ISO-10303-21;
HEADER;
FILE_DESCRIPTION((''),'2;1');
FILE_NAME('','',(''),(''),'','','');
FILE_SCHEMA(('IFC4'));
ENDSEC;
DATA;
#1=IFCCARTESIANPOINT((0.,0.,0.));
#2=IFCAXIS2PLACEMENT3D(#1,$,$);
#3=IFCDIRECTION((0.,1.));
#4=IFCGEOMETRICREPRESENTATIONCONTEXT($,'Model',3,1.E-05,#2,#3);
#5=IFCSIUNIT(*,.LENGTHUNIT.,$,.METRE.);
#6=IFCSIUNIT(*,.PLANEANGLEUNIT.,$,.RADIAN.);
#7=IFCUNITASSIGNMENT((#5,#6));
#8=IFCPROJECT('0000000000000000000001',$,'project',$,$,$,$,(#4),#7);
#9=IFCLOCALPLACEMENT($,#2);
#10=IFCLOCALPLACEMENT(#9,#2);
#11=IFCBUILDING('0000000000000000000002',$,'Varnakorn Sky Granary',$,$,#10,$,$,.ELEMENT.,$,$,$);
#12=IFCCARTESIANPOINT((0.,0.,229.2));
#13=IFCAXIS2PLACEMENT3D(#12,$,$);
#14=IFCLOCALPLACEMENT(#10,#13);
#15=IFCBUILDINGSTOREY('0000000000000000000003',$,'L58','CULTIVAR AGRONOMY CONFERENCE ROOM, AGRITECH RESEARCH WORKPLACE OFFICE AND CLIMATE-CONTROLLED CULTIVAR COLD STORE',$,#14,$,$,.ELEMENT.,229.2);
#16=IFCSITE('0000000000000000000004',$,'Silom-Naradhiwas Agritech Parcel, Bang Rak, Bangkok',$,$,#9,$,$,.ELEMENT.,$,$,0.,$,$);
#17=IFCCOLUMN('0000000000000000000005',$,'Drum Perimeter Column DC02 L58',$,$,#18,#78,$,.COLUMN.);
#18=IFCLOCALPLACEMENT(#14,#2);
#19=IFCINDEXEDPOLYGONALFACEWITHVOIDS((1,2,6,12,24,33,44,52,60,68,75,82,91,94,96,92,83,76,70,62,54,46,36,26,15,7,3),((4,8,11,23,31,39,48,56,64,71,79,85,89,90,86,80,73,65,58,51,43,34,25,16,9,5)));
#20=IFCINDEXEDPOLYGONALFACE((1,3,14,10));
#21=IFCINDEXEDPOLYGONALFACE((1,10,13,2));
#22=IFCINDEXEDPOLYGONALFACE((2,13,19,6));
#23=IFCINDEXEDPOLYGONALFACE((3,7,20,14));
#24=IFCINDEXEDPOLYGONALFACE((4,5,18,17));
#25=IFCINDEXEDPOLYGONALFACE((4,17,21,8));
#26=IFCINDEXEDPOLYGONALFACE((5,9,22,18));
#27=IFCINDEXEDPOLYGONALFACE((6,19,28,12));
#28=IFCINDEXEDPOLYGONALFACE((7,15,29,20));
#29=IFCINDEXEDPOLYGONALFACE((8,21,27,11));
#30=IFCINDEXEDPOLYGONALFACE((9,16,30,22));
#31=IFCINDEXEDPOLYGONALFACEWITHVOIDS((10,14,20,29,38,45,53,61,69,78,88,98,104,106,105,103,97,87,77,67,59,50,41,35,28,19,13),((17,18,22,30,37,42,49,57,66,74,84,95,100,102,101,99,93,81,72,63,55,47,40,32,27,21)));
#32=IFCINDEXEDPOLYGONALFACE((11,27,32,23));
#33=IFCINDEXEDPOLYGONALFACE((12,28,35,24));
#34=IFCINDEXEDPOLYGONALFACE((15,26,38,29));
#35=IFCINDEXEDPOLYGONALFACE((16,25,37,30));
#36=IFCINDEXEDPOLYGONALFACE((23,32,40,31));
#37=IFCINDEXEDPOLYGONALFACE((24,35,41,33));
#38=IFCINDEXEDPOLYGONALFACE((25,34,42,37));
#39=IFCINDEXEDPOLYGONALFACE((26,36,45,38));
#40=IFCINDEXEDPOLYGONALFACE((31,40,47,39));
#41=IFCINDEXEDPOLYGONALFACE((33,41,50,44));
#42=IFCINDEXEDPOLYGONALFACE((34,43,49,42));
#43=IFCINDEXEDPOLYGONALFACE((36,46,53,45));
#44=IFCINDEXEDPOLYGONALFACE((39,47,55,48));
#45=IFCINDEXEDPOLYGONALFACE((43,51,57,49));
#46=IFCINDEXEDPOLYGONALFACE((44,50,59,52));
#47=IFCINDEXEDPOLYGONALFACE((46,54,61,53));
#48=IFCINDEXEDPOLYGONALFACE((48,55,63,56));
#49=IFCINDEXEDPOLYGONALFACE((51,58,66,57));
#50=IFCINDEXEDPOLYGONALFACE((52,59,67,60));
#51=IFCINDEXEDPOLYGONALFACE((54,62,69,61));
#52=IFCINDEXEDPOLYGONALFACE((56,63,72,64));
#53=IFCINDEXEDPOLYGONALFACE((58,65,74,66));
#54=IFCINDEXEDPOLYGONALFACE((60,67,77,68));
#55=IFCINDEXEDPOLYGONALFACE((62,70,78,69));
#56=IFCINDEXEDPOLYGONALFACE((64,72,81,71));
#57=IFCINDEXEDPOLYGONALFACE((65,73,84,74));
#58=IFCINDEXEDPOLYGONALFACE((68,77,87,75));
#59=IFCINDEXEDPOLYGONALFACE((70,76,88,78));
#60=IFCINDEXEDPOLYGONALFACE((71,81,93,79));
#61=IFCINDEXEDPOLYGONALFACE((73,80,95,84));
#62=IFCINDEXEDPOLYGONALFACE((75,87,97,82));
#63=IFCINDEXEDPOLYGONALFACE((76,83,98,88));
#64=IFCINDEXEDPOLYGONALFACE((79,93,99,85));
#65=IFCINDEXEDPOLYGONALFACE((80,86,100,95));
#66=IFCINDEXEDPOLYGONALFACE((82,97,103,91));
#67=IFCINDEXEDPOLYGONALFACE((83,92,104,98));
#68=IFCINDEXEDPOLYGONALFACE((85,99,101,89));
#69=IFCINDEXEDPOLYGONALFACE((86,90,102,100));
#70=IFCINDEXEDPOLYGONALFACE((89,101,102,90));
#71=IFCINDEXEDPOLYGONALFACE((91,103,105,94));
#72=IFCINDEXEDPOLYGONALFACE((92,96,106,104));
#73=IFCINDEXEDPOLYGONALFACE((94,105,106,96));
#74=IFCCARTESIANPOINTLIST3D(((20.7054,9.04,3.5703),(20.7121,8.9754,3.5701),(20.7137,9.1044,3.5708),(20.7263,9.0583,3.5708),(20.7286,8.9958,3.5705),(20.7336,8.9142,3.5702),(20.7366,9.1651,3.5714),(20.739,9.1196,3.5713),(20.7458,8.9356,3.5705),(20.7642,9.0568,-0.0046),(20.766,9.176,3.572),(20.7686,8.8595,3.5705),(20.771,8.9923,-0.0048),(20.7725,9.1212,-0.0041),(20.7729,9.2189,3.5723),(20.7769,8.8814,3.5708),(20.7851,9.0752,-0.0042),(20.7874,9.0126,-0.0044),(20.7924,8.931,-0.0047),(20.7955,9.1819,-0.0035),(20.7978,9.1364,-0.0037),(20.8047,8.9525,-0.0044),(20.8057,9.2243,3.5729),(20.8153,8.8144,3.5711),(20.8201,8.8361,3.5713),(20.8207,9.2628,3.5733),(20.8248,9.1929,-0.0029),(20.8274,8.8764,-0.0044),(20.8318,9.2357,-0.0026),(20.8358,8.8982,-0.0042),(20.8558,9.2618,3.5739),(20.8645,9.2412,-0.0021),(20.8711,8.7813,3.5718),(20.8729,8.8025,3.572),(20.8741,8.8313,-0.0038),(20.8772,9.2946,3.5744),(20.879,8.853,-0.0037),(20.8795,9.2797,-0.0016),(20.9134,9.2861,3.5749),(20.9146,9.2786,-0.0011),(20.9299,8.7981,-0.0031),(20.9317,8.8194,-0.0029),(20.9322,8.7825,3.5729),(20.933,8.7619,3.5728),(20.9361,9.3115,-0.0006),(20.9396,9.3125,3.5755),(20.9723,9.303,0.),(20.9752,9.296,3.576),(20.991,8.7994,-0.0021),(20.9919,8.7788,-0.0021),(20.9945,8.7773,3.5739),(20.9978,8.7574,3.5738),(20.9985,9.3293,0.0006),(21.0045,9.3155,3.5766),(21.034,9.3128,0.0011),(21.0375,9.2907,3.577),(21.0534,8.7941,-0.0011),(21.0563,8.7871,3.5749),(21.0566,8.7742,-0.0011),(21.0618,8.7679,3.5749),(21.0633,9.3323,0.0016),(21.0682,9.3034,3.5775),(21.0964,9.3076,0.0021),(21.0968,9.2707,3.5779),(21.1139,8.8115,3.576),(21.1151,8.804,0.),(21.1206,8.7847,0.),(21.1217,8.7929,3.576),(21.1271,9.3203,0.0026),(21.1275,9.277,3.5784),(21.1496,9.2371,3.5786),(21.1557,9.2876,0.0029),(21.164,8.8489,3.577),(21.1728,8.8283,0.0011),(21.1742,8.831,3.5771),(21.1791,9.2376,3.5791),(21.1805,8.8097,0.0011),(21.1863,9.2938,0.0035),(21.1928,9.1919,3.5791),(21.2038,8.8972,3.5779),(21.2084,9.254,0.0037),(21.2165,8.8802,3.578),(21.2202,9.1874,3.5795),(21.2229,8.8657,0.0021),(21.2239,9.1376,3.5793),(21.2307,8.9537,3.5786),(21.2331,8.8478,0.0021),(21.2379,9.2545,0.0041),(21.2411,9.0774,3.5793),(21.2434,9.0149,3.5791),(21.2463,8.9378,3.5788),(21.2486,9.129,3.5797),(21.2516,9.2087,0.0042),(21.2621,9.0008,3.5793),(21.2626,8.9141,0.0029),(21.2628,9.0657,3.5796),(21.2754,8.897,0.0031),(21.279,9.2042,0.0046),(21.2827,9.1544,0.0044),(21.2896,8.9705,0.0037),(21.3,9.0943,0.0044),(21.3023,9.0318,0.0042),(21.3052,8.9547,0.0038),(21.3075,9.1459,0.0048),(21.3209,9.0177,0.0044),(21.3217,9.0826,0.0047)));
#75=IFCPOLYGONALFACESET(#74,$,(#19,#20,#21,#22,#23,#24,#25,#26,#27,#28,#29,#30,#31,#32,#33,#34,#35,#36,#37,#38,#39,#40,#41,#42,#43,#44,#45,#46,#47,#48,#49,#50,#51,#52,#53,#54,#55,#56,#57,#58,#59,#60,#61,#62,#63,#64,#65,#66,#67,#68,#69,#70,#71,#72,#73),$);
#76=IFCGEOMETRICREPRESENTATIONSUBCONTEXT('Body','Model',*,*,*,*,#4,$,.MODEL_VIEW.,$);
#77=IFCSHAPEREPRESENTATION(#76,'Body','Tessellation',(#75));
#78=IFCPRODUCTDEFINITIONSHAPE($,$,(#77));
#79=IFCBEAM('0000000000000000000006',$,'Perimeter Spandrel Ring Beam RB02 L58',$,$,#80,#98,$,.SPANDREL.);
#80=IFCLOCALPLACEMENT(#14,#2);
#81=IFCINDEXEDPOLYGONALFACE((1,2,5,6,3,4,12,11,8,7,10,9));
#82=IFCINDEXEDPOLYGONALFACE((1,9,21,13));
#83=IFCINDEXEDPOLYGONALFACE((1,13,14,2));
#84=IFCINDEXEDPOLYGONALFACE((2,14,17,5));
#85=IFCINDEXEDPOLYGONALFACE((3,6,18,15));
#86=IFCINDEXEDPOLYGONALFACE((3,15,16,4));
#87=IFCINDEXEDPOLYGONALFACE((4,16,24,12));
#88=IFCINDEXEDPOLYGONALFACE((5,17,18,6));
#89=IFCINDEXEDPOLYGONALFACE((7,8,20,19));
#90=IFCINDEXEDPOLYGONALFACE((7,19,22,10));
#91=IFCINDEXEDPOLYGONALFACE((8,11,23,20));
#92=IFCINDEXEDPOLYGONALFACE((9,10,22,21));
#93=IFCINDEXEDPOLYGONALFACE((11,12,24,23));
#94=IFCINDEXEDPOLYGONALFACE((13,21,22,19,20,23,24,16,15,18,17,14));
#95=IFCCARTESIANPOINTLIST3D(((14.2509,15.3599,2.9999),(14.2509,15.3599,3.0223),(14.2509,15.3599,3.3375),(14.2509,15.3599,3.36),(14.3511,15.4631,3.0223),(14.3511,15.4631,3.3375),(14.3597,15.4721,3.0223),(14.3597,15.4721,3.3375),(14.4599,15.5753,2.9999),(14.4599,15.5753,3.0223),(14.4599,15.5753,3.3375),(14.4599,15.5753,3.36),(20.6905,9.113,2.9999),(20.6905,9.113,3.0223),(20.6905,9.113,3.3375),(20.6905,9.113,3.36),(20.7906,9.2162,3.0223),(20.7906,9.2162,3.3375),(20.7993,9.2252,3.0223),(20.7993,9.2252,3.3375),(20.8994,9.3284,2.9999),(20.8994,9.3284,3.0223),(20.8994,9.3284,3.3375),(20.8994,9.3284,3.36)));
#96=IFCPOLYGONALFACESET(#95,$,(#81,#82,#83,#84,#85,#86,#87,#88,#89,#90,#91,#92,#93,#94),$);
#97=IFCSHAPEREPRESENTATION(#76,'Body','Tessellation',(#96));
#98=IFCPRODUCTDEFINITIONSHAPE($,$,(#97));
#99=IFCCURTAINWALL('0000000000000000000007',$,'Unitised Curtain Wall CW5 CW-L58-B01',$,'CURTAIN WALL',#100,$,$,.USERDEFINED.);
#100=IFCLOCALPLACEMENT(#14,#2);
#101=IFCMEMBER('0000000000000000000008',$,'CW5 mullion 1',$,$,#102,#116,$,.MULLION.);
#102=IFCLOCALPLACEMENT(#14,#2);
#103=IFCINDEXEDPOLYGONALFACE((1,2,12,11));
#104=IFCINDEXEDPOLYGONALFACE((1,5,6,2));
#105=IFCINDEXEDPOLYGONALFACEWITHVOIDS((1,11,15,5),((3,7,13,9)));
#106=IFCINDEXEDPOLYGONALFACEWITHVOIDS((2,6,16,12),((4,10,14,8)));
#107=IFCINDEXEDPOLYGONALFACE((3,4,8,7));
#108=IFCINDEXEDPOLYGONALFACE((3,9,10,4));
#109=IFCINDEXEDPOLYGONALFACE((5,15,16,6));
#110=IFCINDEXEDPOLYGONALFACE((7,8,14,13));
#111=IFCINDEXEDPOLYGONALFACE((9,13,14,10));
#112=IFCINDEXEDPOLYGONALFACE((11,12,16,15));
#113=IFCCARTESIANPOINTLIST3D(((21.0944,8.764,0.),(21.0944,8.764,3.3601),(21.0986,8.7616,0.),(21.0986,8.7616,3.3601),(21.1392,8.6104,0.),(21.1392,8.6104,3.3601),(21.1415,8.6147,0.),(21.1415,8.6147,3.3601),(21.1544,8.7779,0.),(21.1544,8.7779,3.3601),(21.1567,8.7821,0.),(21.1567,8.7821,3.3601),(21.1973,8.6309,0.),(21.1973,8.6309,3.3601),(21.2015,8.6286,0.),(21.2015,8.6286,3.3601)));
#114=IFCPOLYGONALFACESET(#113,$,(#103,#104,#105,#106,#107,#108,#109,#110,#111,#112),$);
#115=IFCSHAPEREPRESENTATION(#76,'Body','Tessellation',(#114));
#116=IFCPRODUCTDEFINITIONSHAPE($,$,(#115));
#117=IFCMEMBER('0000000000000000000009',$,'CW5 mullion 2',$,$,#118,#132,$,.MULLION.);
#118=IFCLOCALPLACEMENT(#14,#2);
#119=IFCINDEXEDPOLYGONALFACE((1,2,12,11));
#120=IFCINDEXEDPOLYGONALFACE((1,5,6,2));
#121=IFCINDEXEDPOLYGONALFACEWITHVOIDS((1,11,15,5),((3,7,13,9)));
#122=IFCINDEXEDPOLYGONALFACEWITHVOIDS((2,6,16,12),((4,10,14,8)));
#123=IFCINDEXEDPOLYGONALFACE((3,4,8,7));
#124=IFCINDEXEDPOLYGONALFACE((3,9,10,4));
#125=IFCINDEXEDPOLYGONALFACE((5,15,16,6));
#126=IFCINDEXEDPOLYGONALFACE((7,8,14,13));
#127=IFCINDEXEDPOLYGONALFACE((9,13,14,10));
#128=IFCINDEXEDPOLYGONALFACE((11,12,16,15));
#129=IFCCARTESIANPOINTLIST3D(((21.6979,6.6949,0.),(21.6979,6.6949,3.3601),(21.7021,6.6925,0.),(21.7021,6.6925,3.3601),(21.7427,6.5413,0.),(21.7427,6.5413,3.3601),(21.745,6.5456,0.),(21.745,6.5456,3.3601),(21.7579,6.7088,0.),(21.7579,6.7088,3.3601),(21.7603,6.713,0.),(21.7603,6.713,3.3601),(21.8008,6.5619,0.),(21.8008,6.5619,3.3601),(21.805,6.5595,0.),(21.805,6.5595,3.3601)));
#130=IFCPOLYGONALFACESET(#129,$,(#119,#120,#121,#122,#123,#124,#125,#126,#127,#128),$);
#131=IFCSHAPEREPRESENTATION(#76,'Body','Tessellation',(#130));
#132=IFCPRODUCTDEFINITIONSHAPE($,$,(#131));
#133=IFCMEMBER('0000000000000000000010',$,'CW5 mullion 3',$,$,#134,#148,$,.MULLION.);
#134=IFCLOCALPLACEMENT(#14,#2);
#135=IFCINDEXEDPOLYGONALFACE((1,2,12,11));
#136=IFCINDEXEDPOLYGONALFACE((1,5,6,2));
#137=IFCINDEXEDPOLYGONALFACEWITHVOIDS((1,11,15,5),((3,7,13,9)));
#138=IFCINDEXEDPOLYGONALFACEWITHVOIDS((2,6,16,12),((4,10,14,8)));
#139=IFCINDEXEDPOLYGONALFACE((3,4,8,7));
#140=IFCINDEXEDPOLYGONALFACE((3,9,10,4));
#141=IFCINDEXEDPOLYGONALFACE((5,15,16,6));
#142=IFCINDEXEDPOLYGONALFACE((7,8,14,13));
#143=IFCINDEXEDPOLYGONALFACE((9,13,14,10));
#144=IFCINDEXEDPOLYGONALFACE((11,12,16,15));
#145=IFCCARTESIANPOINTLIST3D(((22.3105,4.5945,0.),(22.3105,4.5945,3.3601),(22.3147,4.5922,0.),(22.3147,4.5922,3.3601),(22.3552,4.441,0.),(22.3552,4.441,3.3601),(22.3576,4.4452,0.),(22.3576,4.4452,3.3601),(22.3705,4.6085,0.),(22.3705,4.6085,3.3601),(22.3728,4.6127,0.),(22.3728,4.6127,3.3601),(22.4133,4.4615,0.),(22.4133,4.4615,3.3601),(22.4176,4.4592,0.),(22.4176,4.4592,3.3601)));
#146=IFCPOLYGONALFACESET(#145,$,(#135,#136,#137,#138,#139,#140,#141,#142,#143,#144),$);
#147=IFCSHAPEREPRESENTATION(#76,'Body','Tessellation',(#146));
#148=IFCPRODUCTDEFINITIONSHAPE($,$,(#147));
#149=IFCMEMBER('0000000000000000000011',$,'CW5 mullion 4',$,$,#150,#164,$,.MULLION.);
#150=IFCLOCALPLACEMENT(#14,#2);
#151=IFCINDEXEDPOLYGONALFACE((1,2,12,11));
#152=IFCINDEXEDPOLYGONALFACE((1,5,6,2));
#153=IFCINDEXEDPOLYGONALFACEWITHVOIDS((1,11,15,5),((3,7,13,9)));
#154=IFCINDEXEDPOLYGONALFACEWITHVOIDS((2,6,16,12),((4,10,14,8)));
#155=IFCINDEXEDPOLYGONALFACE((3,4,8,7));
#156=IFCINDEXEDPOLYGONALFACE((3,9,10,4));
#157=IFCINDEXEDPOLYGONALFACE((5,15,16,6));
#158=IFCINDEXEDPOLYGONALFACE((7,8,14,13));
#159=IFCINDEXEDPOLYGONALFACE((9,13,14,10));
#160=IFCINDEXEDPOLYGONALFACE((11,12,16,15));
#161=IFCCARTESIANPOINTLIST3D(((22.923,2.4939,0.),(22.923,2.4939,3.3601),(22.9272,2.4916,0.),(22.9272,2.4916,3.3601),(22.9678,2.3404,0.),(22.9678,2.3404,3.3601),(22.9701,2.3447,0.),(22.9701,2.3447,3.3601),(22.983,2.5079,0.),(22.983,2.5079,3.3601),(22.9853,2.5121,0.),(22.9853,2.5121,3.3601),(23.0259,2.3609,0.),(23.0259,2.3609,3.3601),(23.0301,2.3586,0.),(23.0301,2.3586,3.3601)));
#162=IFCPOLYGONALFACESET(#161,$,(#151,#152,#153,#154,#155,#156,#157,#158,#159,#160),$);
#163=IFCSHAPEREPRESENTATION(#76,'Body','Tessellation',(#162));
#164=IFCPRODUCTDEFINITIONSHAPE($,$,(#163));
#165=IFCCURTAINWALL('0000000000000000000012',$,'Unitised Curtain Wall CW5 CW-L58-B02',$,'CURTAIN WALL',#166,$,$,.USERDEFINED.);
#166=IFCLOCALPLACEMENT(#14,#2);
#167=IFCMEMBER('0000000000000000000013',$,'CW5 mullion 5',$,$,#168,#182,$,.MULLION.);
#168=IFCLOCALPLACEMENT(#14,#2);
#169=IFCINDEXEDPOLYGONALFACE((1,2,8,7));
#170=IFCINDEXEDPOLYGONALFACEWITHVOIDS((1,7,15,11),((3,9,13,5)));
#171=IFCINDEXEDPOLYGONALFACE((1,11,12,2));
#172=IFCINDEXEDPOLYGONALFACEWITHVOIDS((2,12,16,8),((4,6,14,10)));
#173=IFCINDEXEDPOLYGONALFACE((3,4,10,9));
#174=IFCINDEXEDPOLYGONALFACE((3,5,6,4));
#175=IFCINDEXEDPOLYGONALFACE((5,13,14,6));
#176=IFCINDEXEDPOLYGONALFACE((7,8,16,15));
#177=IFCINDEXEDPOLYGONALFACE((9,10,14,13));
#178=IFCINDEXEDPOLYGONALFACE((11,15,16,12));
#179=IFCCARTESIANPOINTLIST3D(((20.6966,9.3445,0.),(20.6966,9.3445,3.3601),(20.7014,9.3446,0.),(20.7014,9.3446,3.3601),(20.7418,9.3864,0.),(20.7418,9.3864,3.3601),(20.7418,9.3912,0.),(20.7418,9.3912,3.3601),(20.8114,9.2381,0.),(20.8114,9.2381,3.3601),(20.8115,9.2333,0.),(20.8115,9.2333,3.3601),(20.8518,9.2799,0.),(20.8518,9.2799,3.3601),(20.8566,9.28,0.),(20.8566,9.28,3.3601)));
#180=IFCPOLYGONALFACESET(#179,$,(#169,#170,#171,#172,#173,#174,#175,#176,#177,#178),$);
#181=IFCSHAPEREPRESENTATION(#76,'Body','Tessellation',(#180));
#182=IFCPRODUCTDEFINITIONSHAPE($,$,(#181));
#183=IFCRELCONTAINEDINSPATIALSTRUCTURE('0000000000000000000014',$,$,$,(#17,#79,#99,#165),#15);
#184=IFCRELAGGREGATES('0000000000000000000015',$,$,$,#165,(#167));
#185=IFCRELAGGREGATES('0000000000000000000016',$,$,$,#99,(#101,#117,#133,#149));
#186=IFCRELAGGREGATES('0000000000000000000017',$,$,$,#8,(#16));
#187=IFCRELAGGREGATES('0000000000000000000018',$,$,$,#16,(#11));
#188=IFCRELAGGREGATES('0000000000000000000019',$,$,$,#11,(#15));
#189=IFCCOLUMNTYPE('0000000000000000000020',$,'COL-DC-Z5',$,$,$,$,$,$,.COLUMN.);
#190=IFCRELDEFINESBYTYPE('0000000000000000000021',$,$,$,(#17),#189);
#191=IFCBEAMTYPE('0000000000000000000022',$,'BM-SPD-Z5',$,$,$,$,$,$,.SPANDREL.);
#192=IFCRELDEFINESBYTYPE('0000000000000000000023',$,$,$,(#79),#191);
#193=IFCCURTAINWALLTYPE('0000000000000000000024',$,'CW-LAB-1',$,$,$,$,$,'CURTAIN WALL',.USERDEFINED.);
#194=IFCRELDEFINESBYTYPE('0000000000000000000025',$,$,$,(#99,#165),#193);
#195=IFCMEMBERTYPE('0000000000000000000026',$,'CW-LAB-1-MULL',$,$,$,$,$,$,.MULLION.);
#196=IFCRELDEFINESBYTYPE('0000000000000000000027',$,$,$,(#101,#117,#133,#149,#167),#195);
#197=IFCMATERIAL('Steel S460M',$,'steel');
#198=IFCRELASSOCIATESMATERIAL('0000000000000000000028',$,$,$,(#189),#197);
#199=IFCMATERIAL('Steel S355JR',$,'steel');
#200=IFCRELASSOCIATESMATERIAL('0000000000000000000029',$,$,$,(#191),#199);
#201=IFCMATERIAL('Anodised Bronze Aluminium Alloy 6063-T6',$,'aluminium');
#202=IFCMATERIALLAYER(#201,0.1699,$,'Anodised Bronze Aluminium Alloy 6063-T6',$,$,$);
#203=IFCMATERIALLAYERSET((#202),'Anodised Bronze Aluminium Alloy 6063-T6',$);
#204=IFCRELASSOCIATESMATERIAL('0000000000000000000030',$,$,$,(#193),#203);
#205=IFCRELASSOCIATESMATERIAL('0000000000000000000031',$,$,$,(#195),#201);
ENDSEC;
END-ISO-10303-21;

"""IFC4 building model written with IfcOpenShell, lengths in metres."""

from ifc_helpers import new_model, si_unit, direction, frame, origin, origin_2d, place, context, subcontext, project, spatial, hollow_rectangle, hollow_circle, i_section, extrude, material, layer, layer_set, material_profile, profile_set, type_object, element, aggregate, save


model = new_model("IFC4")

# Units and contexts
model_context = context("Model", 3, precision=1e-05, world=origin(), true_north=direction((0.0, 1.0)))
body_context = subcontext(model_context, "Body", "Model", "MODEL_VIEW")
ifc_project = project(units=[si_unit("LENGTHUNIT", "METRE"), si_unit("PLANEANGLEUNIT", "RADIAN")], contexts=[model_context])

# Site, building, storey
site_placement = place(None, origin())
site = spatial("IfcSite", under=ifc_project, at=site_placement, Name="Silom-Naradhiwas Agritech Parcel, Bang Rak, Bangkok", CompositionType="ELEMENT", RefElevation=0.0)
building_placement = place(site_placement, origin())
building = spatial("IfcBuilding", under=site, at=building_placement, Name="Varnakorn Sky Granary", CompositionType="ELEMENT")
storey_placement = place(building_placement, frame((0.0, 0.0, 229.2)))
storey = spatial("IfcBuildingStorey", under=building, at=storey_placement, Name="L58", Description="CULTIVAR AGRONOMY CONFERENCE ROOM, AGRITECH RESEARCH WORKPLACE OFFICE AND CLIMATE-CONTROLLED CULTIVAR COLD STORE", CompositionType="ELEMENT", Elevation=229.2)

# Column
ifc_material_1 = material(Name="Steel S460M", Category="steel")
ifc_material_profile_1 = material_profile(ifc_material_1, hollow_circle(Radius=0.2795, WallThickness=0.02, at=origin_2d()), Name="CHS 559x20")
ifc_profile_set_1 = profile_set([ifc_material_profile_1], Name="Steel S460M")
column_type = type_object("IfcColumnType", Name="COL-DC-Z5", PredefinedType="COLUMN", material=ifc_profile_set_1)
column_placement = place(storey_placement, frame((21.0437, 9.0535, 0.0), z_axis=(-0.016456, -0.004711, 0.999853), x_axis=(0.275248, -0.961373, 0.0)))
element("IfcColumn", 1, at=column_placement, inside=storey, type_object=column_type, Name="Drum Perimeter Column DC02 L58", PredefinedType="COLUMN", context=body_context, shape_type="SweptSolid", body=[
    extrude(hollow_circle(Radius=0.2795, WallThickness=0.02, at=origin_2d()), origin(), (0.0, 0.0, 1.0), 3.5754),
])

# Beam
ifc_material_2 = material(Name="Steel S355JR", Category="steel")
ifc_material_profile_2 = material_profile(ifc_material_2, i_section(OverallWidth=0.3, OverallDepth=0.3601, WebThickness=0.0125, FlangeThickness=0.0225, at=origin_2d()), Name="HE 360 B")
ifc_profile_set_2 = profile_set([ifc_material_profile_2], Name="Steel S355JR")
beam_type = type_object("IfcBeamType", Name="BM-SPD-Z5", PredefinedType="SPANDREL", material=ifc_profile_set_2)
beam_placement = place(storey_placement, frame((20.7949, 9.2207, 3.1799), z_axis=(-0.717761, 0.69629, 0.0), x_axis=(-0.69629, -0.717761, 0.0)))
element("IfcBeam", 2, at=beam_placement, inside=storey, type_object=beam_type, Name="Perimeter Spandrel Ring Beam RB02 L58", PredefinedType="SPANDREL", context=body_context, shape_type="SweptSolid", body=[
    extrude(i_section(OverallWidth=0.3, OverallDepth=0.3601, WebThickness=0.0125, FlangeThickness=0.0225, at=origin_2d()), origin(), (0.0, 0.0, 1.0), 8.9717),
])

# Curtain wall, members
ifc_material_3 = material(Name="Anodised Bronze Aluminium Alloy 6063-T6", Category="aluminium")
ifc_layer_1 = layer(ifc_material_3, 0.1699, Name="Anodised Bronze Aluminium Alloy 6063-T6")
ifc_layer_set_1 = layer_set([ifc_layer_1], Name="Anodised Bronze Aluminium Alloy 6063-T6")
curtain_wall_type = type_object("IfcCurtainWallType", Name="CW-LAB-1", ElementType="CURTAIN WALL", PredefinedType="USERDEFINED", material=ifc_layer_set_1)
curtain_wall_1_placement = place(storey_placement, origin())
curtain_wall_1 = element("IfcCurtainWall", 3, at=curtain_wall_1_placement, inside=storey, type_object=curtain_wall_type, Name="Unitised Curtain Wall CW5 CW-L58-B01", ObjectType="CURTAIN WALL", PredefinedType="USERDEFINED")
ifc_material_profile_3 = material_profile(ifc_material_3, hollow_rectangle(XDim=0.0649, YDim=0.1599, WallThickness=0.0034, at=origin_2d()), Name="ALU MULL 65x160")
ifc_profile_set_3 = profile_set([ifc_material_profile_3], Name="Anodised Bronze Aluminium Alloy 6063-T6")
member_type_1 = type_object("IfcMemberType", Name="CW-LAB-1-MULL", PredefinedType="MULLION", material=ifc_profile_set_3)
member_1_placement = place(storey_placement, frame((21.1479, 8.6963, 0.0), z_axis=(0.0, 0.0, 1.0), x_axis=(0.960009, 0.279969, 0.0)))
member_1 = element("IfcMember", 4, at=member_1_placement, type_object=member_type_1, Name="CW5 mullion 1", PredefinedType="MULLION", context=body_context, shape_type="SweptSolid", body=[
    extrude(hollow_rectangle(XDim=0.0649, YDim=0.1599, WallThickness=0.0034, at=origin_2d()), origin(), (0.0, 0.0, 1.0), 3.3601),
])
member_2_placement = place(storey_placement, frame((21.7515, 6.6272, 0.0), z_axis=(0.0, 0.0, 1.0), x_axis=(0.960009, 0.279969, 0.0)))
member_2 = element("IfcMember", 5, at=member_2_placement, type_object=member_type_1, Name="CW5 mullion 2", PredefinedType="MULLION", context=body_context, shape_type="SweptSolid", body=[
    extrude(hollow_rectangle(XDim=0.0649, YDim=0.1599, WallThickness=0.0034, at=origin_2d()), origin(), (0.0, 0.0, 1.0), 3.3601),
])
member_3_placement = place(storey_placement, frame((22.364, 4.5269, 0.0), z_axis=(0.0, 0.0, 1.0), x_axis=(0.960009, 0.279969, 0.0)))
member_3 = element("IfcMember", 6, at=member_3_placement, type_object=member_type_1, Name="CW5 mullion 3", PredefinedType="MULLION", context=body_context, shape_type="SweptSolid", body=[
    extrude(hollow_rectangle(XDim=0.0649, YDim=0.1599, WallThickness=0.0034, at=origin_2d()), origin(), (0.0, 0.0, 1.0), 3.3601),
])
member_4_placement = place(storey_placement, frame((22.9766, 2.4263, 0.0), z_axis=(0.0, 0.0, 1.0), x_axis=(0.960009, 0.279969, 0.0)))
member_4 = element("IfcMember", 7, at=member_4_placement, type_object=member_type_1, Name="CW5 mullion 4", PredefinedType="MULLION", context=body_context, shape_type="SweptSolid", body=[
    extrude(hollow_rectangle(XDim=0.0649, YDim=0.1599, WallThickness=0.0034, at=origin_2d()), origin(), (0.0, 0.0, 1.0), 3.3601),
])

# Curtain wall, member
curtain_wall_2_placement = place(storey_placement, origin())
curtain_wall_2 = element("IfcCurtainWall", 8, at=curtain_wall_2_placement, inside=storey, type_object=curtain_wall_type, Name="Unitised Curtain Wall CW5 CW-L58-B02", ObjectType="CURTAIN WALL", PredefinedType="USERDEFINED")
member_5_placement = place(storey_placement, frame((20.7766, 9.3123, 0.0), z_axis=(0.0, 0.0, 1.0), x_axis=(0.69564, 0.71839, 0.0)))
member_5 = element("IfcMember", 9, at=member_5_placement, type_object=member_type_1, Name="CW5 mullion 5", PredefinedType="MULLION", context=body_context, shape_type="SweptSolid", body=[
    extrude(hollow_rectangle(XDim=0.0649, YDim=0.1599, WallThickness=0.0034, at=origin_2d()), origin(), (0.0, 0.0, 1.0), 3.3601),
])
aggregate(curtain_wall_2, [member_5])

aggregate(curtain_wall_1, [member_1, member_2, member_3, member_4])

save(model, "model.ifc")
